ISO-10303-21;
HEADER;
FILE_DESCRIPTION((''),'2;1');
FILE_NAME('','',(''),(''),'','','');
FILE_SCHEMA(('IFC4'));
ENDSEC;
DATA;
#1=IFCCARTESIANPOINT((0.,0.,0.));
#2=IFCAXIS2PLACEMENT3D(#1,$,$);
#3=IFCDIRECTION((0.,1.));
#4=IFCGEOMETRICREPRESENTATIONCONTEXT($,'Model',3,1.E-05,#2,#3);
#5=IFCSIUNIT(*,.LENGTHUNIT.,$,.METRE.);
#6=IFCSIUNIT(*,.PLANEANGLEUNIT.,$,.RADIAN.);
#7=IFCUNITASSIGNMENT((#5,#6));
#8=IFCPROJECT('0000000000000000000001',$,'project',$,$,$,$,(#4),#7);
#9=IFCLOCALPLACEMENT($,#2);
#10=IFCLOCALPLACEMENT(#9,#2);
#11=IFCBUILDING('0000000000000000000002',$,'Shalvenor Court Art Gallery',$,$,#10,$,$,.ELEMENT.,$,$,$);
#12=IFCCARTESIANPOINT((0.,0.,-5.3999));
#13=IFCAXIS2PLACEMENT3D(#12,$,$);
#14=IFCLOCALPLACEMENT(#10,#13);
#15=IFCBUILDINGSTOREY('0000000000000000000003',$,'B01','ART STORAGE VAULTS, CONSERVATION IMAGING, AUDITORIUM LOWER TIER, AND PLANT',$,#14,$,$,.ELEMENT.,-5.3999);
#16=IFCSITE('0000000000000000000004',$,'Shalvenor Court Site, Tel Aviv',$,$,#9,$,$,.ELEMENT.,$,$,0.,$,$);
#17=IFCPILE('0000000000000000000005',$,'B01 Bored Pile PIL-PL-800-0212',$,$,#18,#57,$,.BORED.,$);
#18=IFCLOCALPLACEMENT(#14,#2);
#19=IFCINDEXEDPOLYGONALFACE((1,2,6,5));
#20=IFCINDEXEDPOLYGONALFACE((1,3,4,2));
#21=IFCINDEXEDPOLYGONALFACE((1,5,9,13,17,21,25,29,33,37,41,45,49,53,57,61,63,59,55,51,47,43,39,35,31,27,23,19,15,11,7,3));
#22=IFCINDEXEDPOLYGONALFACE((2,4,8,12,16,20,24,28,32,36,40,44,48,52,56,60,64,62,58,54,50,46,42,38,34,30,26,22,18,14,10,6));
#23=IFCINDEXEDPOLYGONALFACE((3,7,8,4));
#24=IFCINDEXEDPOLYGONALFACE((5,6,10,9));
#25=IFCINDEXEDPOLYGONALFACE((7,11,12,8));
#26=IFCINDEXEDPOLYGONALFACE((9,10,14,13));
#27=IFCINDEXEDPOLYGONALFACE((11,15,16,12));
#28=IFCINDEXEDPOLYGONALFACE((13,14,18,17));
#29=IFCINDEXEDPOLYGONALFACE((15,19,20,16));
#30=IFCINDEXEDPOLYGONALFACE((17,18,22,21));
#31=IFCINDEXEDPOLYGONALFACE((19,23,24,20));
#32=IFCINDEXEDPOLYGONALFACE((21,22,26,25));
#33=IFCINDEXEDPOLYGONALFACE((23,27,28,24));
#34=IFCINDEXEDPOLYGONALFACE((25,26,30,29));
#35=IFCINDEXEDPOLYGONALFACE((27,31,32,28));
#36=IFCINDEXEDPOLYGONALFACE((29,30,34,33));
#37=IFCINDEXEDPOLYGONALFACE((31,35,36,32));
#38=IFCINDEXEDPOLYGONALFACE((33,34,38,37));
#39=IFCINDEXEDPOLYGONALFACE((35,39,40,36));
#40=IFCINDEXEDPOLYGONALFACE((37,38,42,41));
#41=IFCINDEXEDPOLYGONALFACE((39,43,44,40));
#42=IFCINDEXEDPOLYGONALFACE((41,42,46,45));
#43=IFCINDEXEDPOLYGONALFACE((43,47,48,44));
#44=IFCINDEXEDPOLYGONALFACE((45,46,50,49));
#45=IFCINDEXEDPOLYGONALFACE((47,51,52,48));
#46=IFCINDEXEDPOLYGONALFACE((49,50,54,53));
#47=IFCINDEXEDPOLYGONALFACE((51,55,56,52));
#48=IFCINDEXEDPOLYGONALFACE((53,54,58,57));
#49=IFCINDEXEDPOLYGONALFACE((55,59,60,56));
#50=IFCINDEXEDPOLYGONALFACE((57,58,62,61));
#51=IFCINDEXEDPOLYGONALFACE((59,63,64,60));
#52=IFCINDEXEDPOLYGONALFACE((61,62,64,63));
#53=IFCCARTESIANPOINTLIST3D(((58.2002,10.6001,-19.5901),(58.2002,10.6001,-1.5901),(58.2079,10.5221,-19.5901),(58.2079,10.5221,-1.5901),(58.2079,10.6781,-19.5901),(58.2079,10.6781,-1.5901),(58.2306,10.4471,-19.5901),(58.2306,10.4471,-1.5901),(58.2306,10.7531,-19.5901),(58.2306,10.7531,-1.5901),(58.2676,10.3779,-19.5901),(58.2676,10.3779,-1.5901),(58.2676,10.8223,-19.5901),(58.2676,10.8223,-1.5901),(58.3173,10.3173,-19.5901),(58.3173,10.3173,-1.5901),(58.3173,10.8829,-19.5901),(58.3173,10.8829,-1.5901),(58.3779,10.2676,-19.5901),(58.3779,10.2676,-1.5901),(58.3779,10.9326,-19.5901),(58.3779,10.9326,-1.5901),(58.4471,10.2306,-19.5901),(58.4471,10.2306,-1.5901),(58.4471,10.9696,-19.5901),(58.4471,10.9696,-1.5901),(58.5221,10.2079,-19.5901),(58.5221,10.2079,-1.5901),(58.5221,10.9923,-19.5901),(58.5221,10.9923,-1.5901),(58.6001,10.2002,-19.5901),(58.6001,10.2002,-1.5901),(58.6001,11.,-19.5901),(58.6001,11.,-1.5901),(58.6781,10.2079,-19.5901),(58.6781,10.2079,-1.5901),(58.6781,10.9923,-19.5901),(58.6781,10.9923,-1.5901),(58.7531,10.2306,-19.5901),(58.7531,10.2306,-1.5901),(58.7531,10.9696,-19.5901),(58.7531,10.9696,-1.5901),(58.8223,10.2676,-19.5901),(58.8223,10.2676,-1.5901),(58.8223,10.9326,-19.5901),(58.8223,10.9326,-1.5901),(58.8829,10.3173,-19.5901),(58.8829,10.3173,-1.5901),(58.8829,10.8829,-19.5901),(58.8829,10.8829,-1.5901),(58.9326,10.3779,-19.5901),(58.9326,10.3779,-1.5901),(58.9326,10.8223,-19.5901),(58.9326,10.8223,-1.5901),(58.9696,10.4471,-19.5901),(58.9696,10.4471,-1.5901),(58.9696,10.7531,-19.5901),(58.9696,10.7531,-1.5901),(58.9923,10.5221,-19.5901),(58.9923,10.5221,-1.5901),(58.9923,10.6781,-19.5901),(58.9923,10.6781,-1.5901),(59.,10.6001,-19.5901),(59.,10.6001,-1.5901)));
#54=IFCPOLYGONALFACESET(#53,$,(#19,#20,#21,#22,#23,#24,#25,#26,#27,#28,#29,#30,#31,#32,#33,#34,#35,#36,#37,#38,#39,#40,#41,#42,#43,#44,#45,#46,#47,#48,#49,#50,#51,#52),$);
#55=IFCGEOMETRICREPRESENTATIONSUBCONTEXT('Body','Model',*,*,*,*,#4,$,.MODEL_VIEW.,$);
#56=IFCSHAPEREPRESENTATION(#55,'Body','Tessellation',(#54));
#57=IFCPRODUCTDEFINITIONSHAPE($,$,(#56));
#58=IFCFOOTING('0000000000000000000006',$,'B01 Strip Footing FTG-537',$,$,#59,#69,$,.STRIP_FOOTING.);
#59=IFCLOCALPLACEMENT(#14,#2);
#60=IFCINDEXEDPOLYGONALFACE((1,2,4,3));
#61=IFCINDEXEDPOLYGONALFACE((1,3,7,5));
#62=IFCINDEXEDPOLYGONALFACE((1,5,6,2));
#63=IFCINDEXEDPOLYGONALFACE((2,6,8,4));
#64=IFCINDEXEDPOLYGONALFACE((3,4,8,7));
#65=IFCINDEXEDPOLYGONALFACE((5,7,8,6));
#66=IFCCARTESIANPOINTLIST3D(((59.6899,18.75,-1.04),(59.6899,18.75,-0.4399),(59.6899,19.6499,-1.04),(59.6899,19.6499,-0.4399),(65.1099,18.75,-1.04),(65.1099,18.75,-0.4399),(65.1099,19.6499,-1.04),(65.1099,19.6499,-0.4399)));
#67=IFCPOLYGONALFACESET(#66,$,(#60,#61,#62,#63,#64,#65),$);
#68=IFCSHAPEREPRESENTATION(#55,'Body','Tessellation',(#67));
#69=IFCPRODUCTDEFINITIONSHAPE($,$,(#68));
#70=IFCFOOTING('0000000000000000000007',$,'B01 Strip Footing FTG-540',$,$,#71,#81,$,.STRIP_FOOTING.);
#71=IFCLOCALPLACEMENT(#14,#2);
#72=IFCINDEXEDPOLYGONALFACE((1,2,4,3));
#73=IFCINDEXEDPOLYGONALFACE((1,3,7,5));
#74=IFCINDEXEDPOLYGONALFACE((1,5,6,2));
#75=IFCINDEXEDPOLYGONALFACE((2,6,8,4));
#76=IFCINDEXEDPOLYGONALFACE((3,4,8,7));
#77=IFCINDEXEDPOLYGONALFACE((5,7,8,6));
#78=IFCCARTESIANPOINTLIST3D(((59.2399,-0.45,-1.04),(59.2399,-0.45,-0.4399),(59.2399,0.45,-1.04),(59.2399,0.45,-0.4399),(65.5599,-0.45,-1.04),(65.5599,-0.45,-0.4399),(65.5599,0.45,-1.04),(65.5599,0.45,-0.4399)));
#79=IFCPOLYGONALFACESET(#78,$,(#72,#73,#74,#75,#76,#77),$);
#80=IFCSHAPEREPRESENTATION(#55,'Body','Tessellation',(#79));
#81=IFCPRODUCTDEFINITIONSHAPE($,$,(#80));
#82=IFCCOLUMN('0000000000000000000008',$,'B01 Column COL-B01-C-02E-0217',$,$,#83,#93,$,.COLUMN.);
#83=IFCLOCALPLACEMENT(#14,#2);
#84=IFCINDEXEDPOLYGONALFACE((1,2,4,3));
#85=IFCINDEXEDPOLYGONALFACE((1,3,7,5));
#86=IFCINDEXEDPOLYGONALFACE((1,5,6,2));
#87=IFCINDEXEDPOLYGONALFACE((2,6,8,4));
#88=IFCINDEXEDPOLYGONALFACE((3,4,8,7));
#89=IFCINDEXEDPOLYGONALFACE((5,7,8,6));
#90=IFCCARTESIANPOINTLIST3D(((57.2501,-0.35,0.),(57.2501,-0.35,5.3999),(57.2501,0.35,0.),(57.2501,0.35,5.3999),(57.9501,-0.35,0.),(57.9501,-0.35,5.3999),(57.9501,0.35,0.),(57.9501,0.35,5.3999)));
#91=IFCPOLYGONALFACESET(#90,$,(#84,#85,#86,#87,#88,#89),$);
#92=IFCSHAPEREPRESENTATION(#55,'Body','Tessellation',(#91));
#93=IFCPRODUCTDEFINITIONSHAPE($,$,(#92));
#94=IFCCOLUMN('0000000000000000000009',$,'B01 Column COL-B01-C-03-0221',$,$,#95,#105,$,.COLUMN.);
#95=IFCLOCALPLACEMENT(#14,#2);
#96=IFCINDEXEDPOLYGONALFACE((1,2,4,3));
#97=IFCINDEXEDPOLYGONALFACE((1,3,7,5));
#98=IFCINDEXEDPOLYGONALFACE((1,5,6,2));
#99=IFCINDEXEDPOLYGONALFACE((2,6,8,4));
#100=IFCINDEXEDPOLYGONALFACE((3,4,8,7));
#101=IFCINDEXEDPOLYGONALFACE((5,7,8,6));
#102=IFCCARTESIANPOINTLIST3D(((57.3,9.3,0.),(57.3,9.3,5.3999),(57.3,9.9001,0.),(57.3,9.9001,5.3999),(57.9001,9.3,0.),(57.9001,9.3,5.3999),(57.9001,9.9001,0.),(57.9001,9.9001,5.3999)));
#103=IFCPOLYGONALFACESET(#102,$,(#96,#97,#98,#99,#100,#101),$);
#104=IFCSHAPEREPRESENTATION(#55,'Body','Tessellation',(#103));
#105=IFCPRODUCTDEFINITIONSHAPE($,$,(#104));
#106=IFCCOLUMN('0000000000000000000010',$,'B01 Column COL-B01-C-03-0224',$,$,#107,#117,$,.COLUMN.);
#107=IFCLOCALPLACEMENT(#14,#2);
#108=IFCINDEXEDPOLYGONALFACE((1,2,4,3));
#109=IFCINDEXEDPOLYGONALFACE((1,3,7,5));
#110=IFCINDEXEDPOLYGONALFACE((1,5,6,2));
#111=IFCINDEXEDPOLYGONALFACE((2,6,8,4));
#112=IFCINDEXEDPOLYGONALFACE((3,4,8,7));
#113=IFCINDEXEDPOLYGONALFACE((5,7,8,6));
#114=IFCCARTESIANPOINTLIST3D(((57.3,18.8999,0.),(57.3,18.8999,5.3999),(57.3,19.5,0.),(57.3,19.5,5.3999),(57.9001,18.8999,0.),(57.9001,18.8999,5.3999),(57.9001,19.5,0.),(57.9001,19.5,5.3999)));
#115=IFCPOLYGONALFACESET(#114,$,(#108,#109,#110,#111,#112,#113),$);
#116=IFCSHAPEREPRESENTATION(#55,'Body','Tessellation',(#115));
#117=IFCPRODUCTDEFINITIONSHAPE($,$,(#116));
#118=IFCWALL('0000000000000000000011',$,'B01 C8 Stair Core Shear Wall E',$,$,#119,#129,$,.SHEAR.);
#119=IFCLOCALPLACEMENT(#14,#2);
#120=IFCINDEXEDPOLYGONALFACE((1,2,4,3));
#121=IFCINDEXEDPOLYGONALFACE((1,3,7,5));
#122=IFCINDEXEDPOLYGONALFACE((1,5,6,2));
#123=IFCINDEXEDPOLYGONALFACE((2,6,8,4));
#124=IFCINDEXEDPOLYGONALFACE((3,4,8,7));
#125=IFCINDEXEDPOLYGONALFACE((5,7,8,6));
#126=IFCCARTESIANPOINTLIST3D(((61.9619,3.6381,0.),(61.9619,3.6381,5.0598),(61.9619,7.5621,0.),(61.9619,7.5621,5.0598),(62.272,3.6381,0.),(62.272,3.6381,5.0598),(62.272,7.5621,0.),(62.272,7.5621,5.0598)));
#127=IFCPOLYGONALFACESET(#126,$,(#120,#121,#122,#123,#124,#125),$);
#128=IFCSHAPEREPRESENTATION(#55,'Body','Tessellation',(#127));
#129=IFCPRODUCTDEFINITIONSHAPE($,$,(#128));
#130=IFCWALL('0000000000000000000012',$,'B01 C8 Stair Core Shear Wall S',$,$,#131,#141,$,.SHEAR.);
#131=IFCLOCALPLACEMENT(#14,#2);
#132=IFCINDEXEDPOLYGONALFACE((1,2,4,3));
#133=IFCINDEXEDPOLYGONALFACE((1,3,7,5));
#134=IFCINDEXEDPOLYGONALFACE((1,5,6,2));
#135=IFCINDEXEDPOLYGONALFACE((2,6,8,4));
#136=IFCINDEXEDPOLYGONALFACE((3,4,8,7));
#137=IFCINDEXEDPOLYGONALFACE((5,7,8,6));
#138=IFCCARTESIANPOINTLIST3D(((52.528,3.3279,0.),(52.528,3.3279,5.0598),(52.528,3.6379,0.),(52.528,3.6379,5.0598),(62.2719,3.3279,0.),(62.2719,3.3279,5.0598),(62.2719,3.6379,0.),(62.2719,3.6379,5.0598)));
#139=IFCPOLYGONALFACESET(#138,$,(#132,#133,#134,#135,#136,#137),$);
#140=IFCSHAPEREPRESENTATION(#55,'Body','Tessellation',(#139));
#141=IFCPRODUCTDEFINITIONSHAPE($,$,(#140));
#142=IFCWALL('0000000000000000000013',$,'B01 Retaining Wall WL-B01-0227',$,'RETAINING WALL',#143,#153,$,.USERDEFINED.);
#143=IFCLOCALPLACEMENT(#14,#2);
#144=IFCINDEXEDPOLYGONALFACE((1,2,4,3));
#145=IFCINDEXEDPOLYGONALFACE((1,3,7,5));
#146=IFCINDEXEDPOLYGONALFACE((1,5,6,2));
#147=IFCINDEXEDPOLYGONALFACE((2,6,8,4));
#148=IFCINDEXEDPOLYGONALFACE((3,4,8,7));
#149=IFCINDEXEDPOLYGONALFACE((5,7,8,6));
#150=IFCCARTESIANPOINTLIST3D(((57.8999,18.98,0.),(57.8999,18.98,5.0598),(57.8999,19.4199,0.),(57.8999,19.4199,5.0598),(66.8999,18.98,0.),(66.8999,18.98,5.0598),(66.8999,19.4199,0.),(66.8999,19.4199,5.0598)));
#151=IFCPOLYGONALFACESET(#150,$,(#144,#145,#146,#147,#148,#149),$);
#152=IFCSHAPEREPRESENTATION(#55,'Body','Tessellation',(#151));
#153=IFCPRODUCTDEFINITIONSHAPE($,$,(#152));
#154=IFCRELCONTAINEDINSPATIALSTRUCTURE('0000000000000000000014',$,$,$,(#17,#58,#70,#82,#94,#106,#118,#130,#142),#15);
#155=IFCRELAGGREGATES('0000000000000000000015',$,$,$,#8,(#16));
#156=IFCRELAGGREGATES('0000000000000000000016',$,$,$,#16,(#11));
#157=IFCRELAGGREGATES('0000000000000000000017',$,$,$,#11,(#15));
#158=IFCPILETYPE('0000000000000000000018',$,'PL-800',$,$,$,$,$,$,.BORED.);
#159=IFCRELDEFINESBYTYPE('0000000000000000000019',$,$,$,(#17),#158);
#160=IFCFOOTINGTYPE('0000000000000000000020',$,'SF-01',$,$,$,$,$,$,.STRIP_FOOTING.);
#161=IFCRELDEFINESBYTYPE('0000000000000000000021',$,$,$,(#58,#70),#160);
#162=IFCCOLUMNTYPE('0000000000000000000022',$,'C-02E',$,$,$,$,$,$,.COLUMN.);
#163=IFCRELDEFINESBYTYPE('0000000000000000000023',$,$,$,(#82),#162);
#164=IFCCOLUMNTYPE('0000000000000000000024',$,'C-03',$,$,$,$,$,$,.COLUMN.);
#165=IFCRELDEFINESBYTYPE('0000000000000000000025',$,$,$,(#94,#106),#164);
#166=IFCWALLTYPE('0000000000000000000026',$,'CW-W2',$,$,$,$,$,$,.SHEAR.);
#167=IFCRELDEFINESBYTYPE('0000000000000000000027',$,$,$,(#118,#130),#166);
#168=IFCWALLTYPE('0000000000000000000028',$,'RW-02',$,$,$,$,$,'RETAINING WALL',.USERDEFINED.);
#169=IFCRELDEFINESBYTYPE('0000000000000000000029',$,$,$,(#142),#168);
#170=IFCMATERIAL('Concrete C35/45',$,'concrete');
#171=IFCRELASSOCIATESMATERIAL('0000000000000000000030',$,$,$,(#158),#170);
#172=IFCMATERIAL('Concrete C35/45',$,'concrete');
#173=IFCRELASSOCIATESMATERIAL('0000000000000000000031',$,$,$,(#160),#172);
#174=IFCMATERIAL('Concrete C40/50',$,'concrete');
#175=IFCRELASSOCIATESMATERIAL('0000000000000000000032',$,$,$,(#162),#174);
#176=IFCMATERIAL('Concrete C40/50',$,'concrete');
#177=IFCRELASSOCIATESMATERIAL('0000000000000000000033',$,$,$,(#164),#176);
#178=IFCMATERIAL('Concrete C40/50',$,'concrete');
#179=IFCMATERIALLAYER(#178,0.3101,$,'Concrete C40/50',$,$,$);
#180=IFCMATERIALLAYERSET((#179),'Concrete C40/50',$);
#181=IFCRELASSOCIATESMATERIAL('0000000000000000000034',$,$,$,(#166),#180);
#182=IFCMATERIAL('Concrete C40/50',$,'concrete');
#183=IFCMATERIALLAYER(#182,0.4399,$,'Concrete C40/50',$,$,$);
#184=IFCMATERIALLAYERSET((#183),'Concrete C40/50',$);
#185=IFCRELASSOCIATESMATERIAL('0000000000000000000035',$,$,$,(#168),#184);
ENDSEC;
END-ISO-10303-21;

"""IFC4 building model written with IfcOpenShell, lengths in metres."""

from ifc_helpers import new_model, si_unit, direction, frame, frame_2d, origin, origin_2d, place, context, subcontext, project, spatial, rectangle, circle, extrude, material, layer, layer_set, material_profile, profile_set, type_object, element, save


model = new_model("IFC4")

# Units and contexts
model_context = context("Model", 3, precision=1e-05, world=origin(), true_north=direction((0.0, 1.0)))
body_context = subcontext(model_context, "Body", "Model", "MODEL_VIEW")
ifc_project = project(units=[si_unit("LENGTHUNIT", "METRE"), si_unit("PLANEANGLEUNIT", "RADIAN")], contexts=[model_context])

# Site, building, storey
site_placement = place(None, origin())
site = spatial("IfcSite", under=ifc_project, at=site_placement, Name="Shalvenor Court Site, Tel Aviv", CompositionType="ELEMENT", RefElevation=0.0)
building_placement = place(site_placement, origin())
building = spatial("IfcBuilding", under=site, at=building_placement, Name="Shalvenor Court Art Gallery", CompositionType="ELEMENT")
storey_placement = place(building_placement, frame((0.0, 0.0, -5.3999)))
storey = spatial("IfcBuildingStorey", under=building, at=storey_placement, Name="B01", Description="ART STORAGE VAULTS, CONSERVATION IMAGING, AUDITORIUM LOWER TIER, AND PLANT", CompositionType="ELEMENT", Elevation=-5.3999)

# Pile
ifc_material_1 = material(Name="Concrete C35/45", Category="concrete")
ifc_material_profile_1 = material_profile(ifc_material_1, circle(Radius=0.3999, at=origin_2d()), Name="PILE 800")
ifc_profile_set_1 = profile_set([ifc_material_profile_1], Name="Concrete C35/45")
pile_type_1 = type_object("IfcPileType", Name="PL-800", PredefinedType="BORED", material=ifc_profile_set_1)
for number, where, z_axis, x_axis, name in (
    (1, (58.6001, 10.6001, -1.5901), (0.0, 0.0, -1.0), (1.0, 0.0, 0.0), "B01 Bored Pile PIL-PL-800-0212"),
):
    element("IfcPile", number, at=place(storey_placement, frame(where, z_axis=z_axis, x_axis=x_axis)), inside=storey, type_object=pile_type_1, Name=name, PredefinedType="BORED", context=body_context, shape_type="SweptSolid", body=[
        extrude(circle(Radius=0.3999, at=origin_2d()), origin(), (0.0, 0.0, 1.0), 18.0),
    ])

# Footings
ifc_material_2 = material(Name="Concrete C35/45", Category="concrete")
footing_type_1 = type_object("IfcFootingType", Name="SF-01", PredefinedType="STRIP_FOOTING", material=ifc_material_2)
footing_1_placement = place(storey_placement, frame((62.3999, 19.2, -1.04), z_axis=(0.0, 0.0, 1.0), x_axis=(1.0, 0.0, 0.0)))
element("IfcFooting", 2, at=footing_1_placement, inside=storey, type_object=footing_type_1, Name="B01 Strip Footing FTG-537", PredefinedType="STRIP_FOOTING", context=body_context, shape_type="SweptSolid", body=[
    extrude(rectangle(XDim=5.4199, YDim=0.8999, at=origin_2d()), origin(), (0.0, 0.0, 1.0), 0.6001),
])
footing_2_placement = place(storey_placement, frame((62.3999, 0.0, -1.04), z_axis=(0.0, 0.0, 1.0), x_axis=(1.0, 0.0, 0.0)))
element("IfcFooting", 3, at=footing_2_placement, inside=storey, type_object=footing_type_1, Name="B01 Strip Footing FTG-540", PredefinedType="STRIP_FOOTING", context=body_context, shape_type="SweptSolid", body=[
    extrude(rectangle(XDim=6.3201, YDim=0.8999, at=origin_2d()), origin(), (0.0, 0.0, 1.0), 0.6001),
])

# Columns
ifc_material_3 = material(Name="Concrete C40/50", Category="concrete")
ifc_material_profile_2 = material_profile(ifc_material_3, rectangle(XDim=0.7, YDim=0.7, at=origin_2d()), Name="RC 700x700")
ifc_profile_set_2 = profile_set([ifc_material_profile_2], Name="Concrete C40/50")
column_type_1 = type_object("IfcColumnType", Name="C-02E", PredefinedType="COLUMN", material=ifc_profile_set_2)
column_placement = place(storey_placement, frame((57.6001, 0.0, 0.0), z_axis=(0.0, 0.0, 1.0), x_axis=(1.0, 0.0, 0.0)))
element("IfcColumn", 4, at=column_placement, inside=storey, type_object=column_type_1, Name="B01 Column COL-B01-C-02E-0217", PredefinedType="COLUMN", context=body_context, shape_type="SweptSolid", body=[
    extrude(rectangle(XDim=0.7, YDim=0.7, at=origin_2d()), origin(), (0.0, 0.0, 1.0), 5.3999),
])
ifc_material_4 = material(Name="Concrete C40/50", Category="concrete")
ifc_material_profile_3 = material_profile(ifc_material_4, rectangle(XDim=0.6001, YDim=0.6001, at=origin_2d()), Name="RC 600x600")
ifc_profile_set_3 = profile_set([ifc_material_profile_3], Name="Concrete C40/50")
column_type_2 = type_object("IfcColumnType", Name="C-03", PredefinedType="COLUMN", material=ifc_profile_set_3)
for number, where, z_axis, x_axis, name in (
    (5, (57.6001, 9.6001, 0.0), (0.0, 0.0, 1.0), (1.0, 0.0, 0.0), "B01 Column COL-B01-C-03-0221"),
    (6, (57.6001, 19.2, 0.0), (0.0, 0.0, 1.0), (1.0, 0.0, 0.0), "B01 Column COL-B01-C-03-0224"),
):
    element("IfcColumn", number, at=place(storey_placement, frame(where, z_axis=z_axis, x_axis=x_axis)), inside=storey, type_object=column_type_2, Name=name, PredefinedType="COLUMN", context=body_context, shape_type="SweptSolid", body=[
        extrude(rectangle(XDim=0.6001, YDim=0.6001, at=origin_2d()), origin(), (0.0, 0.0, 1.0), 5.3999),
    ])

# Walls
ifc_material_5 = material(Name="Concrete C40/50", Category="concrete")
ifc_layer_1 = layer(ifc_material_5, 0.3101, Name="Concrete C40/50")
ifc_layer_set_1 = layer_set([ifc_layer_1], Name="Concrete C40/50")
wall_type_1 = type_object("IfcWallType", Name="CW-W2", PredefinedType="SHEAR", material=ifc_layer_set_1)
wall_1_placement = place(storey_placement, frame((62.1169, 7.562, 0.0), z_axis=(0.0, 0.0, 1.0), x_axis=(0.0, -1.0, 0.0)))
element("IfcWall", 7, at=wall_1_placement, inside=storey, type_object=wall_type_1, Name="B01 C8 Stair Core Shear Wall E", PredefinedType="SHEAR", context=body_context, shape_type="SweptSolid", body=[
    extrude(rectangle(XDim=3.9241, YDim=0.3101, at=frame_2d((1.9619, 0.0))), origin(), (0.0, 0.0, 1.0), 5.0598),
])
wall_2_placement = place(storey_placement, frame((62.272, 3.4829, 0.0), z_axis=(0.0, 0.0, 1.0), x_axis=(-1.0, 0.0, 0.0)))
element("IfcWall", 8, at=wall_2_placement, inside=storey, type_object=wall_type_1, Name="B01 C8 Stair Core Shear Wall S", PredefinedType="SHEAR", context=body_context, shape_type="SweptSolid", body=[
    extrude(rectangle(XDim=9.7439, YDim=0.3101, at=frame_2d((4.8721, 0.0))), origin(), (0.0, 0.0, 1.0), 5.0598),
])
ifc_material_6 = material(Name="Concrete C40/50", Category="concrete")
ifc_layer_2 = layer(ifc_material_6, 0.4399, Name="Concrete C40/50")
ifc_layer_set_2 = layer_set([ifc_layer_2], Name="Concrete C40/50")
wall_type_2 = type_object("IfcWallType", Name="RW-02", ElementType="RETAINING WALL", PredefinedType="USERDEFINED", material=ifc_layer_set_2)
wall_3_placement = place(storey_placement, frame((57.8999, 19.2, 0.0), z_axis=(0.0, 0.0, 1.0), x_axis=(1.0, 0.0, 0.0)))
element("IfcWall", 9, at=wall_3_placement, inside=storey, type_object=wall_type_2, Name="B01 Retaining Wall WL-B01-0227", ObjectType="RETAINING WALL", PredefinedType="USERDEFINED", context=body_context, shape_type="SweptSolid", body=[
    extrude(rectangle(XDim=9.0, YDim=0.4399, at=frame_2d((4.5, 0.0))), origin(), (0.0, 0.0, 1.0), 5.0598),
])

save(model, "model.ifc")
